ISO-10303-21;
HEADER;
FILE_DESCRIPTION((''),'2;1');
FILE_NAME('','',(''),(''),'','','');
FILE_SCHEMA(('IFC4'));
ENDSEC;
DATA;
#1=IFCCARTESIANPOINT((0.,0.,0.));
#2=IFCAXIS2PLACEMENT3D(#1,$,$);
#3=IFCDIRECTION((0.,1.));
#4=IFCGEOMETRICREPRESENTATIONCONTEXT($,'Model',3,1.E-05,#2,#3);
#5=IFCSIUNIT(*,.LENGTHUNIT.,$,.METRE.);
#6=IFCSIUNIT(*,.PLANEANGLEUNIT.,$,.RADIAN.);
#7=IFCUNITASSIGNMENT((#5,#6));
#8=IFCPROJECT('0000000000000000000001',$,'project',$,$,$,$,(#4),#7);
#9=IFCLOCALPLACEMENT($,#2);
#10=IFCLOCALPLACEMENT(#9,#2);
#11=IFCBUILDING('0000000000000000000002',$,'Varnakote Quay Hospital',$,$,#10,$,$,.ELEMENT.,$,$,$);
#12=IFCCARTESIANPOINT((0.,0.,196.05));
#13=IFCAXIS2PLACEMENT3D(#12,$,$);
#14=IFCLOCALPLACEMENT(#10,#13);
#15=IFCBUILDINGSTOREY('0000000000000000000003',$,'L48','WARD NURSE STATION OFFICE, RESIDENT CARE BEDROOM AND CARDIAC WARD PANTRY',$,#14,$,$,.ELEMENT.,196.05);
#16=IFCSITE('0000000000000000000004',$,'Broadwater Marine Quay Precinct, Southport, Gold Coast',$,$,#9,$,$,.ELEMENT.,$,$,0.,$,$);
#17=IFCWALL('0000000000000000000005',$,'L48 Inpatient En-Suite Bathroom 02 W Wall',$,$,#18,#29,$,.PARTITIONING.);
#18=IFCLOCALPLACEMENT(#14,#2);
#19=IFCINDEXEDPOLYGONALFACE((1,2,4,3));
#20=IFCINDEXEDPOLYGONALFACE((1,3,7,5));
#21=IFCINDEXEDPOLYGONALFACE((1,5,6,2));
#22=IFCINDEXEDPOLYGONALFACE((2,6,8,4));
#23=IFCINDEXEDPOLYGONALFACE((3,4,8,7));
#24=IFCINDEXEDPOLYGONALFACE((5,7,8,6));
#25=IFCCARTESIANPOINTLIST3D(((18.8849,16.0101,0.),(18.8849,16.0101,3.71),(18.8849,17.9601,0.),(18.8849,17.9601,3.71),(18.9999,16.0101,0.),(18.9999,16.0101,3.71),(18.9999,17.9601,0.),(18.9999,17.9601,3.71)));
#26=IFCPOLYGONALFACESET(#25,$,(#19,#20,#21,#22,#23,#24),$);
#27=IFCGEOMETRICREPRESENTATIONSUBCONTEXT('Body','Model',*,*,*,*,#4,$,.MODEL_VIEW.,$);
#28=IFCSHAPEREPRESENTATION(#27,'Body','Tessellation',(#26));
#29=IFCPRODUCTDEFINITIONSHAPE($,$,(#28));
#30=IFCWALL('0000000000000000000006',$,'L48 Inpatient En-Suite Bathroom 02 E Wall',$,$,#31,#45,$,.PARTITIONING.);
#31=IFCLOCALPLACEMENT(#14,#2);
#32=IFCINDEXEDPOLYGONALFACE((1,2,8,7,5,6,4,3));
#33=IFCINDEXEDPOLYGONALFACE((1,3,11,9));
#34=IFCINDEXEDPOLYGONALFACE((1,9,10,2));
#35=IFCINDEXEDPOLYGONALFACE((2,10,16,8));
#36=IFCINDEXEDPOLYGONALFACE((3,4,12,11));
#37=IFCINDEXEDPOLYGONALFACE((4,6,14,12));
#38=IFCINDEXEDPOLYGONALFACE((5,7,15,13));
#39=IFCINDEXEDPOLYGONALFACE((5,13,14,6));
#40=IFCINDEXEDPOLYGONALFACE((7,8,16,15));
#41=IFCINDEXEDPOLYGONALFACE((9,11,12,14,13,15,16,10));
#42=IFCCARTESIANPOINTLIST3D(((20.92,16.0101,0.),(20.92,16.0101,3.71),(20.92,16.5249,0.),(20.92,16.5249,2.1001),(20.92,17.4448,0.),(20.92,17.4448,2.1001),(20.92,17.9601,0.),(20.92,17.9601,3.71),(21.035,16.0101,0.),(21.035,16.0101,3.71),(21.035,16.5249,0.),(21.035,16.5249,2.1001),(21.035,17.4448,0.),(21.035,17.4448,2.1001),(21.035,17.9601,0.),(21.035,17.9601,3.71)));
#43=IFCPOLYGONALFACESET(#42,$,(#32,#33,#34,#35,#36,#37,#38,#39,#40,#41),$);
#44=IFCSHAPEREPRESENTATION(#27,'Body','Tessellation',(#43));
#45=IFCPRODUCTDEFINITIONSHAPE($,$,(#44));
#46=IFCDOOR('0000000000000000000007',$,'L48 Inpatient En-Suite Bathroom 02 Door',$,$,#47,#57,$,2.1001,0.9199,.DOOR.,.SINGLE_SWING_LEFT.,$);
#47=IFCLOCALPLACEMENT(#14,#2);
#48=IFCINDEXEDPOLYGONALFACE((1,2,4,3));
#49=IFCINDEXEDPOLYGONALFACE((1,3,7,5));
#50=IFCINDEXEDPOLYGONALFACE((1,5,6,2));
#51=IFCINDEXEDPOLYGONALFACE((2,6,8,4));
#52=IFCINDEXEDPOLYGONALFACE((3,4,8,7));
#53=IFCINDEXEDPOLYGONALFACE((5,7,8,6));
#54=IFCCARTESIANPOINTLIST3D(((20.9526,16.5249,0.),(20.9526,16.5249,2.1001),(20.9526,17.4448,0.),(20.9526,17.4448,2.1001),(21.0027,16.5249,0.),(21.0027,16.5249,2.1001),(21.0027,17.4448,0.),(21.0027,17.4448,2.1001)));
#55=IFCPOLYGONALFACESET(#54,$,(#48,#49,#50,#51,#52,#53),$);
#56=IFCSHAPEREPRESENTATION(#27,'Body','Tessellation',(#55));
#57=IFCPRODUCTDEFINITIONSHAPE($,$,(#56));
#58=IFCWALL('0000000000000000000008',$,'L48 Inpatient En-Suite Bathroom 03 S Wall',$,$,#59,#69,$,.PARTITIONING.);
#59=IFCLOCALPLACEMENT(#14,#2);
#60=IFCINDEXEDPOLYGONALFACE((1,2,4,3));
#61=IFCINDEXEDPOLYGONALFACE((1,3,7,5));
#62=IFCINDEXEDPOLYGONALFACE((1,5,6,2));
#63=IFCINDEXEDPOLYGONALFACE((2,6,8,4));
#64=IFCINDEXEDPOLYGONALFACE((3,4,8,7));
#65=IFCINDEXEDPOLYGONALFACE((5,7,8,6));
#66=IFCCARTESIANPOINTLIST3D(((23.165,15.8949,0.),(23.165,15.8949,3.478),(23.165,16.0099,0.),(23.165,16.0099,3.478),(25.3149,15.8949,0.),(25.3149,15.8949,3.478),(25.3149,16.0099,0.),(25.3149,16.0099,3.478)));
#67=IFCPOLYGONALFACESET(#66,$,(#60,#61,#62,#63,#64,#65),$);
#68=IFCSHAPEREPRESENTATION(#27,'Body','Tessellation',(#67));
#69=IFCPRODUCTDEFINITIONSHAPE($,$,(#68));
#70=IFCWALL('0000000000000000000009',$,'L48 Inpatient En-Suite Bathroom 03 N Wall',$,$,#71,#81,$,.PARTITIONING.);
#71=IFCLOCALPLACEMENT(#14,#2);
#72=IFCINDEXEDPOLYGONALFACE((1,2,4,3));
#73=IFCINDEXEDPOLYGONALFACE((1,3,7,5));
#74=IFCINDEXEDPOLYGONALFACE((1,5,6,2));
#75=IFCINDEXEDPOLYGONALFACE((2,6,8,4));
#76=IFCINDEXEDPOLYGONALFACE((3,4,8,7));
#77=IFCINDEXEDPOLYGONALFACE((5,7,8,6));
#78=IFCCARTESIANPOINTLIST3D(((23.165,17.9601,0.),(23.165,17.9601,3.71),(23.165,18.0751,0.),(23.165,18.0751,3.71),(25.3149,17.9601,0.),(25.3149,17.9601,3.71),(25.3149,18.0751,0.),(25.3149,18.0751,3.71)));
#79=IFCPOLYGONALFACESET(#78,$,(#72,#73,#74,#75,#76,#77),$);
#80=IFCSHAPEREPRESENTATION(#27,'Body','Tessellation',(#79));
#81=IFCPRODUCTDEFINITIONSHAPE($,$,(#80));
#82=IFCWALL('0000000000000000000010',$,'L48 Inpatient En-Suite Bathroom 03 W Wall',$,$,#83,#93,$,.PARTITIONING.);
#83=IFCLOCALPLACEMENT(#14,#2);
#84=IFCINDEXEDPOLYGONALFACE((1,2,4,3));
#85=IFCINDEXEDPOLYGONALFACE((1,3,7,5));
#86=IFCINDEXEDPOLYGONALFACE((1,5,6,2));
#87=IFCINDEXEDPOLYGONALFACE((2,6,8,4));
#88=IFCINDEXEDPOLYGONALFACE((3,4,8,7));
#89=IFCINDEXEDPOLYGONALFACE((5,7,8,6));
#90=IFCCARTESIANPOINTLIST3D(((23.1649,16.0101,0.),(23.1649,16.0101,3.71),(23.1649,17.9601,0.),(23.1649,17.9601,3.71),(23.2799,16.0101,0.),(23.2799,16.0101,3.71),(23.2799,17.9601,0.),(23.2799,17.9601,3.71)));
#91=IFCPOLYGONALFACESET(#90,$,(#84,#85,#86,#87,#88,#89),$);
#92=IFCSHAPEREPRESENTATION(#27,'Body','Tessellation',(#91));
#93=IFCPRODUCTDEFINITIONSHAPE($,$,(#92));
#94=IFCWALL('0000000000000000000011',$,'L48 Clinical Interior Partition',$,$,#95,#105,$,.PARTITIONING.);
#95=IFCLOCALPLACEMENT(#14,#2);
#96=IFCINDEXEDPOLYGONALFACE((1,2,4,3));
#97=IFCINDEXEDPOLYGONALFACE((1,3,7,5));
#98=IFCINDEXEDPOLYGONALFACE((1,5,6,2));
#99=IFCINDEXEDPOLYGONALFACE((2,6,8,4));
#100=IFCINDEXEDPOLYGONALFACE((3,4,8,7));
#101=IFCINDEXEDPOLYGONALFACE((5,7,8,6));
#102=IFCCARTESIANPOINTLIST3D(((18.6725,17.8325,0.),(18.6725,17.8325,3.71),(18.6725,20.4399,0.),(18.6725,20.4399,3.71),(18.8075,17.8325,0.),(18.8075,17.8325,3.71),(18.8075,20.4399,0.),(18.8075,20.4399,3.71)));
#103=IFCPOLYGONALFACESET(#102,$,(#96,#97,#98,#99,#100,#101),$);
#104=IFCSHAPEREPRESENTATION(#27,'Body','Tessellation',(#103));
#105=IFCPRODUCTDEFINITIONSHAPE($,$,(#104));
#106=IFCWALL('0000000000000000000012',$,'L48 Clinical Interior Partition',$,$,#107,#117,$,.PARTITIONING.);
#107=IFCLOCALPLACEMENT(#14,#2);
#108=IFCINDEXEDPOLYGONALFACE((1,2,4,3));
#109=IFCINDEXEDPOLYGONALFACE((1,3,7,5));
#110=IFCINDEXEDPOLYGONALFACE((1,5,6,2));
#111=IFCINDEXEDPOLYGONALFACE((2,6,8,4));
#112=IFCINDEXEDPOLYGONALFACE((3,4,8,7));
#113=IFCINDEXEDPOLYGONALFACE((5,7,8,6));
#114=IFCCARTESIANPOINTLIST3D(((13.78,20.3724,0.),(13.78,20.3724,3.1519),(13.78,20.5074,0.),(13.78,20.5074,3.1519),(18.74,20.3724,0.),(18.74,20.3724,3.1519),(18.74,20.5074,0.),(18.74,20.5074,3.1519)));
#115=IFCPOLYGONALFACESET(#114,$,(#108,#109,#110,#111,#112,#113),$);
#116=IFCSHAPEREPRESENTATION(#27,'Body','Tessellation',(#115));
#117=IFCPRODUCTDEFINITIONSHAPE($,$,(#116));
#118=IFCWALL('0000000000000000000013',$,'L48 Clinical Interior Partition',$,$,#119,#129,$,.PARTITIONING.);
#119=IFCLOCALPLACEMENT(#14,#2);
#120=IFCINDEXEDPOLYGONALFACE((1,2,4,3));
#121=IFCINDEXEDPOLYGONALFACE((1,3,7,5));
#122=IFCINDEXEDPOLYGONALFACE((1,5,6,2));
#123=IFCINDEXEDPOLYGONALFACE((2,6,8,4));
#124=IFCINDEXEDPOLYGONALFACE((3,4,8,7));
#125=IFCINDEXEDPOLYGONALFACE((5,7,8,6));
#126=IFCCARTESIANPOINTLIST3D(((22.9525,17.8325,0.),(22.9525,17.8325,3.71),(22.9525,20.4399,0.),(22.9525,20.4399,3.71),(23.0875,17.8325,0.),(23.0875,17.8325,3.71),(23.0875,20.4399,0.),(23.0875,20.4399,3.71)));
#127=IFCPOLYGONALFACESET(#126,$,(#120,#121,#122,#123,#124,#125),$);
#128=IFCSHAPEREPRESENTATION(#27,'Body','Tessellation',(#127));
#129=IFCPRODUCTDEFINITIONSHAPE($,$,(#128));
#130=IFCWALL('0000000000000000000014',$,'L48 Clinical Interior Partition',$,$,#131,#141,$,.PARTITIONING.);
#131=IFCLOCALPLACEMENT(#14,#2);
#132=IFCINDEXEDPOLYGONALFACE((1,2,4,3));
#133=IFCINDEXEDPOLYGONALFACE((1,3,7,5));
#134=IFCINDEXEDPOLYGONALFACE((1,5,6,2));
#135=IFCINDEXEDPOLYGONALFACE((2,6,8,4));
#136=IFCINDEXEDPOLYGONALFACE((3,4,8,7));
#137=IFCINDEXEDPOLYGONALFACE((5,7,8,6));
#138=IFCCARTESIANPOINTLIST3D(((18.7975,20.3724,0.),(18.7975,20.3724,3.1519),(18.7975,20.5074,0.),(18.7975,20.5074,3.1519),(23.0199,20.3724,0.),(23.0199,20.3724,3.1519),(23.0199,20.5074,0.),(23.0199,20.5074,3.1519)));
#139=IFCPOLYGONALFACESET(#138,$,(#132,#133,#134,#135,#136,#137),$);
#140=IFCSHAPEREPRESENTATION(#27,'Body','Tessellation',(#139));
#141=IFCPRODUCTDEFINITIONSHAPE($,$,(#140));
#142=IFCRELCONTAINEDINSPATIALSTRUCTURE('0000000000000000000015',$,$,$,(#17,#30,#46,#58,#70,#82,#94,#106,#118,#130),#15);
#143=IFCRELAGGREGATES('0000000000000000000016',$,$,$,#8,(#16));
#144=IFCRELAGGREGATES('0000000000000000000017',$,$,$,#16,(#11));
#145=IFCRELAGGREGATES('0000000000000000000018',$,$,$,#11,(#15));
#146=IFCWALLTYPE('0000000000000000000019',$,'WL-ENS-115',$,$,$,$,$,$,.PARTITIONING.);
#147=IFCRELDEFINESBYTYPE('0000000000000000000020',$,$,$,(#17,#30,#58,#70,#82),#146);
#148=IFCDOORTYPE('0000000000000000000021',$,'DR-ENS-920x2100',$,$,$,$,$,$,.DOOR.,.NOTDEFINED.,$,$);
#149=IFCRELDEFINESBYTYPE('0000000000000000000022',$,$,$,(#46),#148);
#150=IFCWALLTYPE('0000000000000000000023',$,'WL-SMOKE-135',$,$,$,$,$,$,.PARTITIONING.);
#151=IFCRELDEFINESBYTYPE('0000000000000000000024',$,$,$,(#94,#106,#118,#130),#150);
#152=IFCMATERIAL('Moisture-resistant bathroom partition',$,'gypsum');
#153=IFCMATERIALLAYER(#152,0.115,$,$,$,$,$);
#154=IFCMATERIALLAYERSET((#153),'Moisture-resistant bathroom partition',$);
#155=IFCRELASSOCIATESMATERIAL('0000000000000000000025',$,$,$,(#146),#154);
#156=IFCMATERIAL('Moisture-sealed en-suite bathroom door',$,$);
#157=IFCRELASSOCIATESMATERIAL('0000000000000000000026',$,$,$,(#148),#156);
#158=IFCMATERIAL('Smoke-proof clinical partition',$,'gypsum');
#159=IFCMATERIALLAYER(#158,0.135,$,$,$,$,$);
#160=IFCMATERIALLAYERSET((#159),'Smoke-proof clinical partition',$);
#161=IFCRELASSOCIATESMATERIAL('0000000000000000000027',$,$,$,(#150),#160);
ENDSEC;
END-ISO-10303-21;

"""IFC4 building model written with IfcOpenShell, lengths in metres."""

from ifc_helpers import new_model, si_unit, direction, frame, frame_2d, origin, place, context, subcontext, project, spatial, rectangle, extrude, material, layer, layer_set, type_object, element, fill, save


model = new_model("IFC4")

# Units and contexts
model_context = context("Model", 3, precision=1e-05, world=origin(), true_north=direction((0.0, 1.0)))
body_context = subcontext(model_context, "Body", "Model", "MODEL_VIEW")
ifc_project = project(units=[si_unit("LENGTHUNIT", "METRE"), si_unit("PLANEANGLEUNIT", "RADIAN")], contexts=[model_context])

# Site, building, storey
site_placement = place(None, origin())
site = spatial("IfcSite", under=ifc_project, at=site_placement, Name="Broadwater Marine Quay Precinct, Southport, Gold Coast", CompositionType="ELEMENT", RefElevation=0.0)
building_placement = place(site_placement, origin())
building = spatial("IfcBuilding", under=site, at=building_placement, Name="Varnakote Quay Hospital", CompositionType="ELEMENT")
storey_placement = place(building_placement, frame((0.0, 0.0, 196.05)))
storey = spatial("IfcBuildingStorey", under=building, at=storey_placement, Name="L48", Description="WARD NURSE STATION OFFICE, RESIDENT CARE BEDROOM AND CARDIAC WARD PANTRY", CompositionType="ELEMENT", Elevation=196.05)

# Shared definitions
ifc_material_1 = material(Name="Moisture-resistant bathroom partition", Category="gypsum")
ifc_layer_1 = layer(ifc_material_1, 0.115)
ifc_layer_set_1 = layer_set([ifc_layer_1], Name="Moisture-resistant bathroom partition")
wall_type_1 = type_object("IfcWallType", Name="WL-ENS-115", PredefinedType="PARTITIONING", material=ifc_layer_set_1)
ifc_material_2 = material(Name="Moisture-sealed en-suite bathroom door")
door_type_1 = type_object("IfcDoorType", Name="DR-ENS-920x2100", OperationType="NOTDEFINED", PredefinedType="DOOR", material=ifc_material_2)

# Wall
wall_1_placement = place(storey_placement, frame((18.9424, 16.01, 0.0), z_axis=(0.0, 0.0, 1.0), x_axis=(0.0, 1.0, 0.0)))
element("IfcWall", 1, at=wall_1_placement, inside=storey, type_object=wall_type_1, Name="L48 Inpatient En-Suite Bathroom 02 W Wall", PredefinedType="PARTITIONING", context=body_context, shape_type="SweptSolid", body=[
    extrude(rectangle(XDim=1.95, YDim=0.115, at=frame_2d((0.9751, 0.0))), origin(), (0.0, 0.0, 1.0), 3.71),
])

# Wall, opening, door
wall_2_placement = place(storey_placement, frame((20.9775, 16.01, 0.0), z_axis=(0.0, 0.0, 1.0), x_axis=(0.0, 1.0, 0.0)))
wall_2 = element("IfcWall", 2, at=wall_2_placement, inside=storey, type_object=wall_type_1, Name="L48 Inpatient En-Suite Bathroom 02 E Wall", PredefinedType="PARTITIONING", context=body_context, shape_type="SweptSolid", body=[
    extrude(rectangle(XDim=1.95, YDim=0.115, at=frame_2d((0.9751, 0.0))), origin(), (0.0, 0.0, 1.0), 3.71),
])
opening_1_placement = place(wall_2_placement, frame((0.5149, 0.0, 0.0)))
opening_1 = element("IfcOpeningElement", 3, at=opening_1_placement, cuts=wall_2, PredefinedType="OPENING", context=body_context, shape_type="SweptSolid", body=[
    extrude(rectangle(XDim=0.9199, YDim=2.1001, at=frame_2d((0.46, 1.05))), frame((0.0, 0.0674, 0.0), z_axis=(0.0, -1.0, 0.0), x_axis=(1.0, 0.0, 0.0)), (0.0, 0.0, 1.0), 0.135),
])
door_1_placement = place(opening_1_placement, origin())
door_1 = element("IfcDoor", 4, at=door_1_placement, inside=storey, type_object=door_type_1, Name="L48 Inpatient En-Suite Bathroom 02 Door", OperationType="SINGLE_SWING_LEFT", OverallHeight=2.1001, OverallWidth=0.9199, PredefinedType="DOOR", context=body_context, shape_type="SweptSolid", body=[
    extrude(rectangle(XDim=0.9199, YDim=2.1001, at=frame_2d((0.46, 1.05))), frame((0.0, 0.0249, 0.0), z_axis=(0.0, -1.0, 0.0), x_axis=(1.0, 0.0, 0.0)), (0.0, 0.0, 1.0), 0.05),
])
fill(opening_1, door_1)

# Walls
wall_3_placement = place(storey_placement, frame((23.165, 15.9524, 0.0), z_axis=(0.0, 0.0, 1.0), x_axis=(1.0, 0.0, 0.0)))
element("IfcWall", 5, at=wall_3_placement, inside=storey, type_object=wall_type_1, Name="L48 Inpatient En-Suite Bathroom 03 S Wall", PredefinedType="PARTITIONING", context=body_context, shape_type="SweptSolid", body=[
    extrude(rectangle(XDim=2.1499, YDim=0.115, at=frame_2d((1.075, 0.0))), origin(), (0.0, 0.0, 1.0), 3.478),
])
wall_4_placement = place(storey_placement, frame((23.165, 18.0176, 0.0), z_axis=(0.0, 0.0, 1.0), x_axis=(1.0, 0.0, 0.0)))
element("IfcWall", 6, at=wall_4_placement, inside=storey, type_object=wall_type_1, Name="L48 Inpatient En-Suite Bathroom 03 N Wall", PredefinedType="PARTITIONING", context=body_context, shape_type="SweptSolid", body=[
    extrude(rectangle(XDim=2.1499, YDim=0.115, at=frame_2d((1.075, 0.0))), origin(), (0.0, 0.0, 1.0), 3.71),
])
wall_5_placement = place(storey_placement, frame((23.2224, 16.01, 0.0), z_axis=(0.0, 0.0, 1.0), x_axis=(0.0, 1.0, 0.0)))
element("IfcWall", 7, at=wall_5_placement, inside=storey, type_object=wall_type_1, Name="L48 Inpatient En-Suite Bathroom 03 W Wall", PredefinedType="PARTITIONING", context=body_context, shape_type="SweptSolid", body=[
    extrude(rectangle(XDim=1.95, YDim=0.115, at=frame_2d((0.9751, 0.0))), origin(), (0.0, 0.0, 1.0), 3.71),
])
ifc_material_3 = material(Name="Smoke-proof clinical partition", Category="gypsum")
ifc_layer_2 = layer(ifc_material_3, 0.135)
ifc_layer_set_2 = layer_set([ifc_layer_2], Name="Smoke-proof clinical partition")
wall_type_2 = type_object("IfcWallType", Name="WL-SMOKE-135", PredefinedType="PARTITIONING", material=ifc_layer_set_2)
wall_6_placement = place(storey_placement, frame((18.74, 17.8325, 0.0), z_axis=(0.0, 0.0, 1.0), x_axis=(0.0, 1.0, 0.0)))
element("IfcWall", 8, at=wall_6_placement, inside=storey, type_object=wall_type_2, Name="L48 Clinical Interior Partition", PredefinedType="PARTITIONING", context=body_context, shape_type="SweptSolid", body=[
    extrude(rectangle(XDim=2.6074, YDim=0.135, at=frame_2d((1.3037, 0.0))), origin(), (0.0, 0.0, 1.0), 3.71),
])
wall_7_placement = place(storey_placement, frame((18.74, 20.4399, 0.0), z_axis=(0.0, 0.0, 1.0), x_axis=(-1.0, 0.0, 0.0)))
element("IfcWall", 9, at=wall_7_placement, inside=storey, type_object=wall_type_2, Name="L48 Clinical Interior Partition", PredefinedType="PARTITIONING", context=body_context, shape_type="SweptSolid", body=[
    extrude(rectangle(XDim=4.96, YDim=0.135, at=frame_2d((2.48, 0.0))), origin(), (0.0, 0.0, 1.0), 3.1519),
])
wall_8_placement = place(storey_placement, frame((23.02, 17.8325, 0.0), z_axis=(0.0, 0.0, 1.0), x_axis=(0.0, 1.0, 0.0)))
element("IfcWall", 10, at=wall_8_placement, inside=storey, type_object=wall_type_2, Name="L48 Clinical Interior Partition", PredefinedType="PARTITIONING", context=body_context, shape_type="SweptSolid", body=[
    extrude(rectangle(XDim=2.6074, YDim=0.135, at=frame_2d((1.3037, 0.0))), origin(), (0.0, 0.0, 1.0), 3.71),
])
wall_9_placement = place(storey_placement, frame((23.02, 20.4399, 0.0), z_axis=(0.0, 0.0, 1.0), x_axis=(-1.0, 0.0, 0.0)))
element("IfcWall", 11, at=wall_9_placement, inside=storey, type_object=wall_type_2, Name="L48 Clinical Interior Partition", PredefinedType="PARTITIONING", context=body_context, shape_type="SweptSolid", body=[
    extrude(rectangle(XDim=4.2224, YDim=0.135, at=frame_2d((2.1113, 0.0))), origin(), (0.0, 0.0, 1.0), 3.1519),
])

save(model, "model.ifc")
